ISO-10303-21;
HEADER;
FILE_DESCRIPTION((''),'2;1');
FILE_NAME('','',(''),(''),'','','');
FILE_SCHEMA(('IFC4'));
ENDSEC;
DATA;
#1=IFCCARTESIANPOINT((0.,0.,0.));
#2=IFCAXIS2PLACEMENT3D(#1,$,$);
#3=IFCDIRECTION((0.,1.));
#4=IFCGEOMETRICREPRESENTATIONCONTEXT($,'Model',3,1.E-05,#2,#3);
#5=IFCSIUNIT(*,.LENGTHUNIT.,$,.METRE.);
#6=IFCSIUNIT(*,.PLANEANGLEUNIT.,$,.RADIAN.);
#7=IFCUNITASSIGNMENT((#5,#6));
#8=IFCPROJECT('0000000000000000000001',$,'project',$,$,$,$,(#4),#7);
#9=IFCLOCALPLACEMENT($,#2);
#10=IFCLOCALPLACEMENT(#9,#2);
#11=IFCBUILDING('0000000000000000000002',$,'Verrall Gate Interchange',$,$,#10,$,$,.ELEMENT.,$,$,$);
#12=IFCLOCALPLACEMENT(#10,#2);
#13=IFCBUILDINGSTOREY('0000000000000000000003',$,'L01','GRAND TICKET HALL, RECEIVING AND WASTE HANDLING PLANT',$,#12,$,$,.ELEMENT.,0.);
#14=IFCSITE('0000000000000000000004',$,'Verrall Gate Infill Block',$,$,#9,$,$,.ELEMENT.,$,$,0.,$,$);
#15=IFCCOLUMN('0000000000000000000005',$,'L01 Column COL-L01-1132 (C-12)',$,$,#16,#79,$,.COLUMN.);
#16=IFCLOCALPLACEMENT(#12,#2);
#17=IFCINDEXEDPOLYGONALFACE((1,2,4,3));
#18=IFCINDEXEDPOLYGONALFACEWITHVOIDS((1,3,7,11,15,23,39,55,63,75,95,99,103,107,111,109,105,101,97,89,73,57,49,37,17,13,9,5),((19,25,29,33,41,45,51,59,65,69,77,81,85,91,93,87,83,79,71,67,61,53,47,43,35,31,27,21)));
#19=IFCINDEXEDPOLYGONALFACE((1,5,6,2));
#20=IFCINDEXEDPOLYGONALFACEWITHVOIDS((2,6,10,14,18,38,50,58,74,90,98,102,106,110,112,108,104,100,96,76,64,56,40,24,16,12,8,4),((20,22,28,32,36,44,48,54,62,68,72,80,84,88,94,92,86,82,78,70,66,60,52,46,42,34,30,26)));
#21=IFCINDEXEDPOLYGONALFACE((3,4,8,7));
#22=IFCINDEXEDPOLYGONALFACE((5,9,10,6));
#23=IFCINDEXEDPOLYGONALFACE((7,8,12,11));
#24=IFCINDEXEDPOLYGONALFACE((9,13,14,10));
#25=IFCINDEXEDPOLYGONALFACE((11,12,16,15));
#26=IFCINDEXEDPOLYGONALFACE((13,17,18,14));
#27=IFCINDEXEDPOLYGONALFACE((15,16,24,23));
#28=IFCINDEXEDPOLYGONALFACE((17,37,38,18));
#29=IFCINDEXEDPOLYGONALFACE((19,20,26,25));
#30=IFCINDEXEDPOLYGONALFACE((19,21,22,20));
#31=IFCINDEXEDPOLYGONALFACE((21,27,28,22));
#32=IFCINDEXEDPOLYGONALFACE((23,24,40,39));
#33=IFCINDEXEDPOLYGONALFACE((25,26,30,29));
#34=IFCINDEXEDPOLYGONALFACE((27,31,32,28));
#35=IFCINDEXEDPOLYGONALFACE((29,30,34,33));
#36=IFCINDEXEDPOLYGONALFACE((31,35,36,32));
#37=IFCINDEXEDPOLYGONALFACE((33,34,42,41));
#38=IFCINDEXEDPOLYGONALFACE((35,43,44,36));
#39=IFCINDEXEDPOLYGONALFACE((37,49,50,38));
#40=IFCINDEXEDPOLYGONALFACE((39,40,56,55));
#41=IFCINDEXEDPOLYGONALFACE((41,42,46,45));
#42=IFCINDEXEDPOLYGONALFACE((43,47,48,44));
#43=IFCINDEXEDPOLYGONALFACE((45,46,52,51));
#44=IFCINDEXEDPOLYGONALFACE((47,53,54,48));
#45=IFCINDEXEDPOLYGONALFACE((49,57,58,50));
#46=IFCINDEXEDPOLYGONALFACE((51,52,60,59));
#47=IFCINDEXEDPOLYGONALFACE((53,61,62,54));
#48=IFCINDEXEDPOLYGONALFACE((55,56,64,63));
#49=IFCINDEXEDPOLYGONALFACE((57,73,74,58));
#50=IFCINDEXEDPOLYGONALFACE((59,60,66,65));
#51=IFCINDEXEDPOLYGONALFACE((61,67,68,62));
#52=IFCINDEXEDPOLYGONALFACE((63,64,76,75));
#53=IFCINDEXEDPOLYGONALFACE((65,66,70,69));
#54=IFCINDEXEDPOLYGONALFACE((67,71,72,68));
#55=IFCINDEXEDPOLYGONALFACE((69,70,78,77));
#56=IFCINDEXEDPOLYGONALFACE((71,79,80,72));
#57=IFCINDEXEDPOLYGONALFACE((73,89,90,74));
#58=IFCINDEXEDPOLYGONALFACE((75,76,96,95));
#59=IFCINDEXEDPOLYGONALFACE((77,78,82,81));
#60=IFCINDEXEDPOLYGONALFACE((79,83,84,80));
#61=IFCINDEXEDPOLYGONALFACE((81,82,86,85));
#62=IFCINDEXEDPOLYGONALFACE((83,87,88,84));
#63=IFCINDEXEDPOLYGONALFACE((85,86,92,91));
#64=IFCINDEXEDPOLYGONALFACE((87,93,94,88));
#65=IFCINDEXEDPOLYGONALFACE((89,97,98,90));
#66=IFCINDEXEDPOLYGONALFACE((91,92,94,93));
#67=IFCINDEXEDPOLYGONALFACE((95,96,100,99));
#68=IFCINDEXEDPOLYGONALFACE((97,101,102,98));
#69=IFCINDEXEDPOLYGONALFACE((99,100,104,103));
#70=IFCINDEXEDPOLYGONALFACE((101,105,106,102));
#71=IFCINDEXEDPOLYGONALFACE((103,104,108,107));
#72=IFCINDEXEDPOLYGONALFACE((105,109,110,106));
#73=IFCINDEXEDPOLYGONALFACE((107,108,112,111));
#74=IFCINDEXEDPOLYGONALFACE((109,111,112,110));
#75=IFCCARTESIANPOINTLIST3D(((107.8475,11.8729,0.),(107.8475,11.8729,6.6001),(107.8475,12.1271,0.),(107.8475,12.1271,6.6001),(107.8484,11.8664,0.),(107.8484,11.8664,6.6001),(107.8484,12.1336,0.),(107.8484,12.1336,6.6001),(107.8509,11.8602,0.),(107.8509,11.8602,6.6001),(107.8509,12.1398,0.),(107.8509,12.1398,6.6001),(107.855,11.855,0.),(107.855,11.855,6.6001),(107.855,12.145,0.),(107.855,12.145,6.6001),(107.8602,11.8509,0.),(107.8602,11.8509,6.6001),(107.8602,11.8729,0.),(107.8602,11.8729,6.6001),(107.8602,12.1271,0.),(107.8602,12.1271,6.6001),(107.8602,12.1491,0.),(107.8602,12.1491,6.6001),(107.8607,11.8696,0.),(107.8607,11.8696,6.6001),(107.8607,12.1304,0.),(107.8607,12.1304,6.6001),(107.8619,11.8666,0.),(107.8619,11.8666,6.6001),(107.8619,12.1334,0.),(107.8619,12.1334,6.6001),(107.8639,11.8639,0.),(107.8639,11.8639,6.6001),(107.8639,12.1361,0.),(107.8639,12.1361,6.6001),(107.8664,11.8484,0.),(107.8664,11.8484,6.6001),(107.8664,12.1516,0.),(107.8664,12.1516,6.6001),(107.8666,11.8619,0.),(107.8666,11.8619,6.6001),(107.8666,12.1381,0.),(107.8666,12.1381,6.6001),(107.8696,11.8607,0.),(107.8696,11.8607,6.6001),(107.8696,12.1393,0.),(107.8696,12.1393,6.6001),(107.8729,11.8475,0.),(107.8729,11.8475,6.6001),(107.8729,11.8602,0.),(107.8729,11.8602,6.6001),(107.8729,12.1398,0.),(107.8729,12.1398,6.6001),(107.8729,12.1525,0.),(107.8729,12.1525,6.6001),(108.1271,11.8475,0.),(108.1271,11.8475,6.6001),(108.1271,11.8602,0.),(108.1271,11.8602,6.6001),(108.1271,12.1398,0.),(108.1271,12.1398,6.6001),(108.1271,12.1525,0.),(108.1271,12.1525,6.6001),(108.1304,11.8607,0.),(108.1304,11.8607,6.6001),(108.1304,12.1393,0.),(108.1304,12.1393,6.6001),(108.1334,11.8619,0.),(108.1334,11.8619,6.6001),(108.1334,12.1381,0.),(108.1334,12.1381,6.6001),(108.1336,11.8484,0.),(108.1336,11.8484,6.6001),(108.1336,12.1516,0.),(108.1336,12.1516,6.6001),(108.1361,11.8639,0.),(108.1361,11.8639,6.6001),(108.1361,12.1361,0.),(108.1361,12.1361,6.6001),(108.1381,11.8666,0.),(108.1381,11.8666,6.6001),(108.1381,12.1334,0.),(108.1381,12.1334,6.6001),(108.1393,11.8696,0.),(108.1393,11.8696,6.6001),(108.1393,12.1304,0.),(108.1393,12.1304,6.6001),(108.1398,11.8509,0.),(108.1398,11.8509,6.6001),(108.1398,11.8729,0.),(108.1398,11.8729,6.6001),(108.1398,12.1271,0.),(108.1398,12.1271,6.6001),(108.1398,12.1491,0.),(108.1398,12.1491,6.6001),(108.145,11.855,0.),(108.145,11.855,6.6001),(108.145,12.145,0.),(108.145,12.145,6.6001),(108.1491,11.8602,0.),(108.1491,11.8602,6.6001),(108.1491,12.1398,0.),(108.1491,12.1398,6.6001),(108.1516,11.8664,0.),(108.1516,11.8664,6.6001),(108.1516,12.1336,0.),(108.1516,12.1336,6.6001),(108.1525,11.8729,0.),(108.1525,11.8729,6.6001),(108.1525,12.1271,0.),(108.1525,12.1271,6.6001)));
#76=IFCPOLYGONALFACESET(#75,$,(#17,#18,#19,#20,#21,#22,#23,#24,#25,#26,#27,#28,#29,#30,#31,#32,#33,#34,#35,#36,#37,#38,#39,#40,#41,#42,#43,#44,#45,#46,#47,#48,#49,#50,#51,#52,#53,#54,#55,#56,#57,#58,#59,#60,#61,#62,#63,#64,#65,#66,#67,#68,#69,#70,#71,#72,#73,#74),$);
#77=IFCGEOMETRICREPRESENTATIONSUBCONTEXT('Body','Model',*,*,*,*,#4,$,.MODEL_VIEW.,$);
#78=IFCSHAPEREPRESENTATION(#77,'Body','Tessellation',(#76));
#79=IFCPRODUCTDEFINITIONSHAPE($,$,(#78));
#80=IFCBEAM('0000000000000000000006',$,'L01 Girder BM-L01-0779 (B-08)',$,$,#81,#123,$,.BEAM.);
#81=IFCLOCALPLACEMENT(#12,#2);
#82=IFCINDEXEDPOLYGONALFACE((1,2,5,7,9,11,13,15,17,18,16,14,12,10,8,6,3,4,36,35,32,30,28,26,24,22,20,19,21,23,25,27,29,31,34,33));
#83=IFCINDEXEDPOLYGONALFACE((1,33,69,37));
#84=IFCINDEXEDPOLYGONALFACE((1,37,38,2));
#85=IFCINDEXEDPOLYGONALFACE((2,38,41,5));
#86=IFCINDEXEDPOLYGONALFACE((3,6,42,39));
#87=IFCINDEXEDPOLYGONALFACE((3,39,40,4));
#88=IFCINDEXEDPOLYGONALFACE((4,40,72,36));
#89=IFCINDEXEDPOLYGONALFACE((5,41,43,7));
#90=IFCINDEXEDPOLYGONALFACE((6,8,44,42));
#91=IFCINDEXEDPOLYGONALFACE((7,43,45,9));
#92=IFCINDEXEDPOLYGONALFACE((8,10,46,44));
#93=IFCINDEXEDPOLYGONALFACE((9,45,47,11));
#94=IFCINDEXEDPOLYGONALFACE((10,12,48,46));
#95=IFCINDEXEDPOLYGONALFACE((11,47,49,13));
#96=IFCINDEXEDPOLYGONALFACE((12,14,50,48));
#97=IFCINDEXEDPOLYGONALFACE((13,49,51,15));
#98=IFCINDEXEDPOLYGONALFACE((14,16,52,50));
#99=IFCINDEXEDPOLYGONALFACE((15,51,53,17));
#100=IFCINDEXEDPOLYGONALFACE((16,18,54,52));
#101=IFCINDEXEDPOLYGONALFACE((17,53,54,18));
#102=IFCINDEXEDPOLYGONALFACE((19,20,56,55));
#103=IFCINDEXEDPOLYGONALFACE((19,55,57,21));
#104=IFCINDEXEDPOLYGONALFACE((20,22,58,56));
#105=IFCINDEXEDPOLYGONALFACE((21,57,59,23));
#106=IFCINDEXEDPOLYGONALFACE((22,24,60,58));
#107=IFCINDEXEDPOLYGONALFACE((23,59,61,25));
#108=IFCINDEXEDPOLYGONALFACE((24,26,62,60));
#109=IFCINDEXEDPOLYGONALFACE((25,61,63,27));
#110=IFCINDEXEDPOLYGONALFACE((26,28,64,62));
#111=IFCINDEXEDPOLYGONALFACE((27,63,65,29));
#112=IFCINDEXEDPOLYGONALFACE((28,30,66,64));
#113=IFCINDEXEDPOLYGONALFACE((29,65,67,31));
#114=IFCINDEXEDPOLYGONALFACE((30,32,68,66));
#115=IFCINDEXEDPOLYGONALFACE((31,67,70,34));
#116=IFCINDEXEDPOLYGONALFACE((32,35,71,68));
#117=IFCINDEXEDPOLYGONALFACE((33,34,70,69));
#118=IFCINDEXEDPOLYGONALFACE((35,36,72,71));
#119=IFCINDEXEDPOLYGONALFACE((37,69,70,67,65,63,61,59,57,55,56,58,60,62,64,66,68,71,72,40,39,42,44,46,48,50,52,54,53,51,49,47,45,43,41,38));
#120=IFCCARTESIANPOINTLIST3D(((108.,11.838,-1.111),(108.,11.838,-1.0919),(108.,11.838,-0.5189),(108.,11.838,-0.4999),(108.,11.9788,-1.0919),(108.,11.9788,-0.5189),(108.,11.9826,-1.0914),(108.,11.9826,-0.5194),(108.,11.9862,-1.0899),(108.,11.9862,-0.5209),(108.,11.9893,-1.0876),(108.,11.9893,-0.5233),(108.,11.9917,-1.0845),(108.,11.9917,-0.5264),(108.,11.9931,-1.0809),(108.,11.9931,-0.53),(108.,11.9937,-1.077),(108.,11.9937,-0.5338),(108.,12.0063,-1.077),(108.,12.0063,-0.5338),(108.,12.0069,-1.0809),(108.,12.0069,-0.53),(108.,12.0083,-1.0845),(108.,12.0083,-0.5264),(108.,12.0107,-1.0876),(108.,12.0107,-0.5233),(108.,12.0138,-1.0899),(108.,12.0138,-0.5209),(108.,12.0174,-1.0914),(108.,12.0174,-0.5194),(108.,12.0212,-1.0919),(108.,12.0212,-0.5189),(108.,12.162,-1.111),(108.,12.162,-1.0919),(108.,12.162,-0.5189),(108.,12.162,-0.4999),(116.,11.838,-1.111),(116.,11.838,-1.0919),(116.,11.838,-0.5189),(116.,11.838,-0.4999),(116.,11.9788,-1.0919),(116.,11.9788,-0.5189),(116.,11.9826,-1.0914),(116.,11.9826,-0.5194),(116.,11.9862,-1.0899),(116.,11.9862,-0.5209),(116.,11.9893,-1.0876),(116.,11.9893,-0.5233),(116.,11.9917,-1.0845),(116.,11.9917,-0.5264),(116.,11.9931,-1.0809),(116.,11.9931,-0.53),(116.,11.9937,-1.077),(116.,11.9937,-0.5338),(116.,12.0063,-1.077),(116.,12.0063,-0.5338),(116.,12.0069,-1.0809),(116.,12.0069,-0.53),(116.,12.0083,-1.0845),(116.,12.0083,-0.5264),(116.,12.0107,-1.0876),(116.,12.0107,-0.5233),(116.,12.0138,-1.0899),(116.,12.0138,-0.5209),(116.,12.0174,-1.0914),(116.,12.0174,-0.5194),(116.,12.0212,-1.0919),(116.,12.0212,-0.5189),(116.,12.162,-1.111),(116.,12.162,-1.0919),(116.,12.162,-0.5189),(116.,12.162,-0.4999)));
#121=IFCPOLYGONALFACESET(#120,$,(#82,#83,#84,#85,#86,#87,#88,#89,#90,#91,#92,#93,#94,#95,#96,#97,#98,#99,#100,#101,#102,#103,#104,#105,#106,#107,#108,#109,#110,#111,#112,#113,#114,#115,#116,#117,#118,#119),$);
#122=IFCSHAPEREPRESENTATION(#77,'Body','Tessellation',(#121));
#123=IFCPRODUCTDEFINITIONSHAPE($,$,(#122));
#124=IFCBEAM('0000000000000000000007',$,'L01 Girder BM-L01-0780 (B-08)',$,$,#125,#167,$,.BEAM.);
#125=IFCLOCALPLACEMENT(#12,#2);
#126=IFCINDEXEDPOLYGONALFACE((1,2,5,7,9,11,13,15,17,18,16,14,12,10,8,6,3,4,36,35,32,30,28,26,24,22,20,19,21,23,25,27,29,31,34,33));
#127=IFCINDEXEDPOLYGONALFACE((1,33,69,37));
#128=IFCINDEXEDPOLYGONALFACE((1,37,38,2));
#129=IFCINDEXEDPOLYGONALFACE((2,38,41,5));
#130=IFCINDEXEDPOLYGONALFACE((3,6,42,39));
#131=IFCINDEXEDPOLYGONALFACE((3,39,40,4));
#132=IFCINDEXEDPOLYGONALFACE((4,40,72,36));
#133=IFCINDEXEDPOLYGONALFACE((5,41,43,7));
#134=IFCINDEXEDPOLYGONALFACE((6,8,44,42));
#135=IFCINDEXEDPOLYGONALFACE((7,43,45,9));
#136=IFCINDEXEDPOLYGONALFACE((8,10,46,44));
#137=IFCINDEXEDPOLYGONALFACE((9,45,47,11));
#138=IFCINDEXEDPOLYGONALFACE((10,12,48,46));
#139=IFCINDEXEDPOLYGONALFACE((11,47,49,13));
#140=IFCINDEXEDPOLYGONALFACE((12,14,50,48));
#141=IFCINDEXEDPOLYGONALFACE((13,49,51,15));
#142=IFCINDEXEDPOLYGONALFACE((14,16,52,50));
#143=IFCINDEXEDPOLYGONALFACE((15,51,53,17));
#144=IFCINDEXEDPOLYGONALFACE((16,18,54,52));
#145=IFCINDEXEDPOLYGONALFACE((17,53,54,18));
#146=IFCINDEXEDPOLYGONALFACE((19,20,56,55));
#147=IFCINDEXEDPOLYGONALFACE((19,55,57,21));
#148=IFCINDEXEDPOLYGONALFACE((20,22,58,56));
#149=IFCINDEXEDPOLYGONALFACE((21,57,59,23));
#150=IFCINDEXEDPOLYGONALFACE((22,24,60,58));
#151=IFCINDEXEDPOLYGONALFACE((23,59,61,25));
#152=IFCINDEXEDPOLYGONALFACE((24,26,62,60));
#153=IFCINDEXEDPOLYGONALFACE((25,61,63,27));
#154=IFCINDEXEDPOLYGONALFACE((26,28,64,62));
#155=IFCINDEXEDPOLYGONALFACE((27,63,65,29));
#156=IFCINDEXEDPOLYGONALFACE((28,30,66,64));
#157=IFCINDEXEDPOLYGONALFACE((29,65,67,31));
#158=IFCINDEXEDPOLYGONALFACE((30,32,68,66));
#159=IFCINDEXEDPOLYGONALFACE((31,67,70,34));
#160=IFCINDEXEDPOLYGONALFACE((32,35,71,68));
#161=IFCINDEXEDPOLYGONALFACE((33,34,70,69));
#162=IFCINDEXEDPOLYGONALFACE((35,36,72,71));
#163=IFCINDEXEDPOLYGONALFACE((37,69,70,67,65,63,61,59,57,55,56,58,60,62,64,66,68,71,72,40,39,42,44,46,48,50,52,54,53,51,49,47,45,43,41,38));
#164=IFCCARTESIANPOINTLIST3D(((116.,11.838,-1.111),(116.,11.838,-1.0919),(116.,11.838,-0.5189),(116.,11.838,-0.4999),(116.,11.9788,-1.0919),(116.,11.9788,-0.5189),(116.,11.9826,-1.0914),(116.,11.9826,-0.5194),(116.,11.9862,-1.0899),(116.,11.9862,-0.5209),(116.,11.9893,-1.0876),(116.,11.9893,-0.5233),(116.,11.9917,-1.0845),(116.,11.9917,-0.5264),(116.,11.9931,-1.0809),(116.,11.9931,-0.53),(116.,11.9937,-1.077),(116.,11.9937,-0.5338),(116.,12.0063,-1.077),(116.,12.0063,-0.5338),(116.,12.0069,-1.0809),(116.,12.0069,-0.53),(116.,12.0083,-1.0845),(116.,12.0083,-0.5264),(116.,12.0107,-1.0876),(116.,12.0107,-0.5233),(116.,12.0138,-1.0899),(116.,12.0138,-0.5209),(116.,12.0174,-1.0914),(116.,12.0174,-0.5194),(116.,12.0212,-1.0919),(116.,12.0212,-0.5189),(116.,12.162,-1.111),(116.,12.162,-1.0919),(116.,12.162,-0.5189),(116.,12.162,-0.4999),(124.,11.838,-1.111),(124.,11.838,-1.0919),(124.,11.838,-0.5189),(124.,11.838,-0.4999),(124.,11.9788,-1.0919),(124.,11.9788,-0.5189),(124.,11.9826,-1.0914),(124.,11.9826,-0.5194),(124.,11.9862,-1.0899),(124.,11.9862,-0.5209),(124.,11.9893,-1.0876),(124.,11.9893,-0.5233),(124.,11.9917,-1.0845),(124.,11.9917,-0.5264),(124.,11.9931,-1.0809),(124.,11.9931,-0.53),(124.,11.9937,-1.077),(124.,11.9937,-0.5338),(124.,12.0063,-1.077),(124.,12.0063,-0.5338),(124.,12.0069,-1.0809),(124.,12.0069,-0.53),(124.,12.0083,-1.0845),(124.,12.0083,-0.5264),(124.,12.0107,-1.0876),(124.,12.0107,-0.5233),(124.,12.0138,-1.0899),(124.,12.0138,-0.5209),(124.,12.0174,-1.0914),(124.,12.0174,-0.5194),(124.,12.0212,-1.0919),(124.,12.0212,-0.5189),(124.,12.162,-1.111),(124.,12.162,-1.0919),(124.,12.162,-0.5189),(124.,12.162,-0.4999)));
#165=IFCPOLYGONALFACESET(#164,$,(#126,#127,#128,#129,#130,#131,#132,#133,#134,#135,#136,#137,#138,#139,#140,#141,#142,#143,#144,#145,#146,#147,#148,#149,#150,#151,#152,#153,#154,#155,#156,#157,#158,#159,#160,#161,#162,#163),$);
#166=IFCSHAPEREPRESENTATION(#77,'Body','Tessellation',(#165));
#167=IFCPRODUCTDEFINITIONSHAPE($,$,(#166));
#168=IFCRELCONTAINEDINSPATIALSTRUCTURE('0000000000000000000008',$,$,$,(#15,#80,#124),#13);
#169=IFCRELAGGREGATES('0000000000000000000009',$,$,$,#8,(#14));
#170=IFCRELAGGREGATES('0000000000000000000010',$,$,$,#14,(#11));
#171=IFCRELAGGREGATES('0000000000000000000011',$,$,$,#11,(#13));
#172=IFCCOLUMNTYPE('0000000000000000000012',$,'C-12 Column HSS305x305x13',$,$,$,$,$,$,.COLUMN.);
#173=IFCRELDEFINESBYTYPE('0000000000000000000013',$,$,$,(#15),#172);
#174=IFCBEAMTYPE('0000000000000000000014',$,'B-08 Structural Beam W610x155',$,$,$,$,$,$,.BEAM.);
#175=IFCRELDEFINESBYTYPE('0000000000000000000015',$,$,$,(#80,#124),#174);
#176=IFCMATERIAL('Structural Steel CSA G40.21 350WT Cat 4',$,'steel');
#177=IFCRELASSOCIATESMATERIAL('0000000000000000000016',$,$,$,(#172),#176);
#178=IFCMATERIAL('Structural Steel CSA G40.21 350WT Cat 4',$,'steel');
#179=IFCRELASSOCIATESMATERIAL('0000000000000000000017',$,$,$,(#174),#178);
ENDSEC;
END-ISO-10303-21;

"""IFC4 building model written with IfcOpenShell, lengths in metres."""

from ifc_helpers import new_model, si_unit, direction, frame, origin, origin_2d, place, context, subcontext, project, spatial, hollow_rectangle, i_section, extrude, material, material_profile, profile_set, type_object, element, save


model = new_model("IFC4")

# Units and contexts
model_context = context("Model", 3, precision=1e-05, world=origin(), true_north=direction((0.0, 1.0)))
body_context = subcontext(model_context, "Body", "Model", "MODEL_VIEW")
ifc_project = project(units=[si_unit("LENGTHUNIT", "METRE"), si_unit("PLANEANGLEUNIT", "RADIAN")], contexts=[model_context])

# Site, building, storey
site_placement = place(None, origin())
site = spatial("IfcSite", under=ifc_project, at=site_placement, Name="Verrall Gate Infill Block", CompositionType="ELEMENT", RefElevation=0.0)
building_placement = place(site_placement, origin())
building = spatial("IfcBuilding", under=site, at=building_placement, Name="Verrall Gate Interchange", CompositionType="ELEMENT")
storey_placement = place(building_placement, origin())
storey = spatial("IfcBuildingStorey", under=building, at=storey_placement, Name="L01", Description="GRAND TICKET HALL, RECEIVING AND WASTE HANDLING PLANT", CompositionType="ELEMENT", Elevation=0.0)

# Column
ifc_material_1 = material(Name="Structural Steel CSA G40.21 350WT Cat 4", Category="steel")
ifc_material_profile_1 = material_profile(ifc_material_1, hollow_rectangle(XDim=0.3049, YDim=0.3049, WallThickness=0.0127, InnerFilletRadius=0.0127, OuterFilletRadius=0.0254, at=origin_2d()), Name="HSS305x305x13")
ifc_profile_set_1 = profile_set([ifc_material_profile_1], Name="Structural Steel CSA G40.21 350WT Cat 4")
column_type = type_object("IfcColumnType", Name="C-12 Column HSS305x305x13", PredefinedType="COLUMN", material=ifc_profile_set_1)
column_placement = place(storey_placement, frame((108.0, 12.0, 0.0), z_axis=(0.0, 0.0, 1.0), x_axis=(1.0, 0.0, 0.0)))
element("IfcColumn", 1, at=column_placement, inside=storey, type_object=column_type, Name="L01 Column COL-L01-1132 (C-12)", PredefinedType="COLUMN", context=body_context, shape_type="SweptSolid", body=[
    extrude(hollow_rectangle(XDim=0.3049, YDim=0.3049, WallThickness=0.0127, InnerFilletRadius=0.0127, OuterFilletRadius=0.0254, at=origin_2d()), origin(), (0.0, 0.0, 1.0), 6.6001),
])

# Beams
ifc_material_2 = material(Name="Structural Steel CSA G40.21 350WT Cat 4", Category="steel")
ifc_material_profile_2 = material_profile(ifc_material_2, i_section(OverallWidth=0.324, OverallDepth=0.6111, WebThickness=0.0127, FlangeThickness=0.019, FilletRadius=0.0149, at=origin_2d()), Name="W610x155")
ifc_profile_set_2 = profile_set([ifc_material_profile_2], Name="Structural Steel CSA G40.21 350WT Cat 4")
beam_type_1 = type_object("IfcBeamType", Name="B-08 Structural Beam W610x155", PredefinedType="BEAM", material=ifc_profile_set_2)
for number, where, z_axis, x_axis, name in (
    (2, (108.0, 12.0, -0.8054), (1.0, 0.0, 0.0), (0.0, 1.0, 0.0), "L01 Girder BM-L01-0779 (B-08)"),
    (3, (116.0, 12.0, -0.8054), (1.0, 0.0, 0.0), (0.0, 1.0, 0.0), "L01 Girder BM-L01-0780 (B-08)"),
):
    element("IfcBeam", number, at=place(storey_placement, frame(where, z_axis=z_axis, x_axis=x_axis)), inside=storey, type_object=beam_type_1, Name=name, PredefinedType="BEAM", context=body_context, shape_type="SweptSolid", body=[
        extrude(i_section(OverallWidth=0.324, OverallDepth=0.6111, WebThickness=0.0127, FlangeThickness=0.019, FilletRadius=0.0149, at=origin_2d()), origin(), (0.0, 0.0, 1.0), 8.0),
    ])

save(model, "model.ifc")
